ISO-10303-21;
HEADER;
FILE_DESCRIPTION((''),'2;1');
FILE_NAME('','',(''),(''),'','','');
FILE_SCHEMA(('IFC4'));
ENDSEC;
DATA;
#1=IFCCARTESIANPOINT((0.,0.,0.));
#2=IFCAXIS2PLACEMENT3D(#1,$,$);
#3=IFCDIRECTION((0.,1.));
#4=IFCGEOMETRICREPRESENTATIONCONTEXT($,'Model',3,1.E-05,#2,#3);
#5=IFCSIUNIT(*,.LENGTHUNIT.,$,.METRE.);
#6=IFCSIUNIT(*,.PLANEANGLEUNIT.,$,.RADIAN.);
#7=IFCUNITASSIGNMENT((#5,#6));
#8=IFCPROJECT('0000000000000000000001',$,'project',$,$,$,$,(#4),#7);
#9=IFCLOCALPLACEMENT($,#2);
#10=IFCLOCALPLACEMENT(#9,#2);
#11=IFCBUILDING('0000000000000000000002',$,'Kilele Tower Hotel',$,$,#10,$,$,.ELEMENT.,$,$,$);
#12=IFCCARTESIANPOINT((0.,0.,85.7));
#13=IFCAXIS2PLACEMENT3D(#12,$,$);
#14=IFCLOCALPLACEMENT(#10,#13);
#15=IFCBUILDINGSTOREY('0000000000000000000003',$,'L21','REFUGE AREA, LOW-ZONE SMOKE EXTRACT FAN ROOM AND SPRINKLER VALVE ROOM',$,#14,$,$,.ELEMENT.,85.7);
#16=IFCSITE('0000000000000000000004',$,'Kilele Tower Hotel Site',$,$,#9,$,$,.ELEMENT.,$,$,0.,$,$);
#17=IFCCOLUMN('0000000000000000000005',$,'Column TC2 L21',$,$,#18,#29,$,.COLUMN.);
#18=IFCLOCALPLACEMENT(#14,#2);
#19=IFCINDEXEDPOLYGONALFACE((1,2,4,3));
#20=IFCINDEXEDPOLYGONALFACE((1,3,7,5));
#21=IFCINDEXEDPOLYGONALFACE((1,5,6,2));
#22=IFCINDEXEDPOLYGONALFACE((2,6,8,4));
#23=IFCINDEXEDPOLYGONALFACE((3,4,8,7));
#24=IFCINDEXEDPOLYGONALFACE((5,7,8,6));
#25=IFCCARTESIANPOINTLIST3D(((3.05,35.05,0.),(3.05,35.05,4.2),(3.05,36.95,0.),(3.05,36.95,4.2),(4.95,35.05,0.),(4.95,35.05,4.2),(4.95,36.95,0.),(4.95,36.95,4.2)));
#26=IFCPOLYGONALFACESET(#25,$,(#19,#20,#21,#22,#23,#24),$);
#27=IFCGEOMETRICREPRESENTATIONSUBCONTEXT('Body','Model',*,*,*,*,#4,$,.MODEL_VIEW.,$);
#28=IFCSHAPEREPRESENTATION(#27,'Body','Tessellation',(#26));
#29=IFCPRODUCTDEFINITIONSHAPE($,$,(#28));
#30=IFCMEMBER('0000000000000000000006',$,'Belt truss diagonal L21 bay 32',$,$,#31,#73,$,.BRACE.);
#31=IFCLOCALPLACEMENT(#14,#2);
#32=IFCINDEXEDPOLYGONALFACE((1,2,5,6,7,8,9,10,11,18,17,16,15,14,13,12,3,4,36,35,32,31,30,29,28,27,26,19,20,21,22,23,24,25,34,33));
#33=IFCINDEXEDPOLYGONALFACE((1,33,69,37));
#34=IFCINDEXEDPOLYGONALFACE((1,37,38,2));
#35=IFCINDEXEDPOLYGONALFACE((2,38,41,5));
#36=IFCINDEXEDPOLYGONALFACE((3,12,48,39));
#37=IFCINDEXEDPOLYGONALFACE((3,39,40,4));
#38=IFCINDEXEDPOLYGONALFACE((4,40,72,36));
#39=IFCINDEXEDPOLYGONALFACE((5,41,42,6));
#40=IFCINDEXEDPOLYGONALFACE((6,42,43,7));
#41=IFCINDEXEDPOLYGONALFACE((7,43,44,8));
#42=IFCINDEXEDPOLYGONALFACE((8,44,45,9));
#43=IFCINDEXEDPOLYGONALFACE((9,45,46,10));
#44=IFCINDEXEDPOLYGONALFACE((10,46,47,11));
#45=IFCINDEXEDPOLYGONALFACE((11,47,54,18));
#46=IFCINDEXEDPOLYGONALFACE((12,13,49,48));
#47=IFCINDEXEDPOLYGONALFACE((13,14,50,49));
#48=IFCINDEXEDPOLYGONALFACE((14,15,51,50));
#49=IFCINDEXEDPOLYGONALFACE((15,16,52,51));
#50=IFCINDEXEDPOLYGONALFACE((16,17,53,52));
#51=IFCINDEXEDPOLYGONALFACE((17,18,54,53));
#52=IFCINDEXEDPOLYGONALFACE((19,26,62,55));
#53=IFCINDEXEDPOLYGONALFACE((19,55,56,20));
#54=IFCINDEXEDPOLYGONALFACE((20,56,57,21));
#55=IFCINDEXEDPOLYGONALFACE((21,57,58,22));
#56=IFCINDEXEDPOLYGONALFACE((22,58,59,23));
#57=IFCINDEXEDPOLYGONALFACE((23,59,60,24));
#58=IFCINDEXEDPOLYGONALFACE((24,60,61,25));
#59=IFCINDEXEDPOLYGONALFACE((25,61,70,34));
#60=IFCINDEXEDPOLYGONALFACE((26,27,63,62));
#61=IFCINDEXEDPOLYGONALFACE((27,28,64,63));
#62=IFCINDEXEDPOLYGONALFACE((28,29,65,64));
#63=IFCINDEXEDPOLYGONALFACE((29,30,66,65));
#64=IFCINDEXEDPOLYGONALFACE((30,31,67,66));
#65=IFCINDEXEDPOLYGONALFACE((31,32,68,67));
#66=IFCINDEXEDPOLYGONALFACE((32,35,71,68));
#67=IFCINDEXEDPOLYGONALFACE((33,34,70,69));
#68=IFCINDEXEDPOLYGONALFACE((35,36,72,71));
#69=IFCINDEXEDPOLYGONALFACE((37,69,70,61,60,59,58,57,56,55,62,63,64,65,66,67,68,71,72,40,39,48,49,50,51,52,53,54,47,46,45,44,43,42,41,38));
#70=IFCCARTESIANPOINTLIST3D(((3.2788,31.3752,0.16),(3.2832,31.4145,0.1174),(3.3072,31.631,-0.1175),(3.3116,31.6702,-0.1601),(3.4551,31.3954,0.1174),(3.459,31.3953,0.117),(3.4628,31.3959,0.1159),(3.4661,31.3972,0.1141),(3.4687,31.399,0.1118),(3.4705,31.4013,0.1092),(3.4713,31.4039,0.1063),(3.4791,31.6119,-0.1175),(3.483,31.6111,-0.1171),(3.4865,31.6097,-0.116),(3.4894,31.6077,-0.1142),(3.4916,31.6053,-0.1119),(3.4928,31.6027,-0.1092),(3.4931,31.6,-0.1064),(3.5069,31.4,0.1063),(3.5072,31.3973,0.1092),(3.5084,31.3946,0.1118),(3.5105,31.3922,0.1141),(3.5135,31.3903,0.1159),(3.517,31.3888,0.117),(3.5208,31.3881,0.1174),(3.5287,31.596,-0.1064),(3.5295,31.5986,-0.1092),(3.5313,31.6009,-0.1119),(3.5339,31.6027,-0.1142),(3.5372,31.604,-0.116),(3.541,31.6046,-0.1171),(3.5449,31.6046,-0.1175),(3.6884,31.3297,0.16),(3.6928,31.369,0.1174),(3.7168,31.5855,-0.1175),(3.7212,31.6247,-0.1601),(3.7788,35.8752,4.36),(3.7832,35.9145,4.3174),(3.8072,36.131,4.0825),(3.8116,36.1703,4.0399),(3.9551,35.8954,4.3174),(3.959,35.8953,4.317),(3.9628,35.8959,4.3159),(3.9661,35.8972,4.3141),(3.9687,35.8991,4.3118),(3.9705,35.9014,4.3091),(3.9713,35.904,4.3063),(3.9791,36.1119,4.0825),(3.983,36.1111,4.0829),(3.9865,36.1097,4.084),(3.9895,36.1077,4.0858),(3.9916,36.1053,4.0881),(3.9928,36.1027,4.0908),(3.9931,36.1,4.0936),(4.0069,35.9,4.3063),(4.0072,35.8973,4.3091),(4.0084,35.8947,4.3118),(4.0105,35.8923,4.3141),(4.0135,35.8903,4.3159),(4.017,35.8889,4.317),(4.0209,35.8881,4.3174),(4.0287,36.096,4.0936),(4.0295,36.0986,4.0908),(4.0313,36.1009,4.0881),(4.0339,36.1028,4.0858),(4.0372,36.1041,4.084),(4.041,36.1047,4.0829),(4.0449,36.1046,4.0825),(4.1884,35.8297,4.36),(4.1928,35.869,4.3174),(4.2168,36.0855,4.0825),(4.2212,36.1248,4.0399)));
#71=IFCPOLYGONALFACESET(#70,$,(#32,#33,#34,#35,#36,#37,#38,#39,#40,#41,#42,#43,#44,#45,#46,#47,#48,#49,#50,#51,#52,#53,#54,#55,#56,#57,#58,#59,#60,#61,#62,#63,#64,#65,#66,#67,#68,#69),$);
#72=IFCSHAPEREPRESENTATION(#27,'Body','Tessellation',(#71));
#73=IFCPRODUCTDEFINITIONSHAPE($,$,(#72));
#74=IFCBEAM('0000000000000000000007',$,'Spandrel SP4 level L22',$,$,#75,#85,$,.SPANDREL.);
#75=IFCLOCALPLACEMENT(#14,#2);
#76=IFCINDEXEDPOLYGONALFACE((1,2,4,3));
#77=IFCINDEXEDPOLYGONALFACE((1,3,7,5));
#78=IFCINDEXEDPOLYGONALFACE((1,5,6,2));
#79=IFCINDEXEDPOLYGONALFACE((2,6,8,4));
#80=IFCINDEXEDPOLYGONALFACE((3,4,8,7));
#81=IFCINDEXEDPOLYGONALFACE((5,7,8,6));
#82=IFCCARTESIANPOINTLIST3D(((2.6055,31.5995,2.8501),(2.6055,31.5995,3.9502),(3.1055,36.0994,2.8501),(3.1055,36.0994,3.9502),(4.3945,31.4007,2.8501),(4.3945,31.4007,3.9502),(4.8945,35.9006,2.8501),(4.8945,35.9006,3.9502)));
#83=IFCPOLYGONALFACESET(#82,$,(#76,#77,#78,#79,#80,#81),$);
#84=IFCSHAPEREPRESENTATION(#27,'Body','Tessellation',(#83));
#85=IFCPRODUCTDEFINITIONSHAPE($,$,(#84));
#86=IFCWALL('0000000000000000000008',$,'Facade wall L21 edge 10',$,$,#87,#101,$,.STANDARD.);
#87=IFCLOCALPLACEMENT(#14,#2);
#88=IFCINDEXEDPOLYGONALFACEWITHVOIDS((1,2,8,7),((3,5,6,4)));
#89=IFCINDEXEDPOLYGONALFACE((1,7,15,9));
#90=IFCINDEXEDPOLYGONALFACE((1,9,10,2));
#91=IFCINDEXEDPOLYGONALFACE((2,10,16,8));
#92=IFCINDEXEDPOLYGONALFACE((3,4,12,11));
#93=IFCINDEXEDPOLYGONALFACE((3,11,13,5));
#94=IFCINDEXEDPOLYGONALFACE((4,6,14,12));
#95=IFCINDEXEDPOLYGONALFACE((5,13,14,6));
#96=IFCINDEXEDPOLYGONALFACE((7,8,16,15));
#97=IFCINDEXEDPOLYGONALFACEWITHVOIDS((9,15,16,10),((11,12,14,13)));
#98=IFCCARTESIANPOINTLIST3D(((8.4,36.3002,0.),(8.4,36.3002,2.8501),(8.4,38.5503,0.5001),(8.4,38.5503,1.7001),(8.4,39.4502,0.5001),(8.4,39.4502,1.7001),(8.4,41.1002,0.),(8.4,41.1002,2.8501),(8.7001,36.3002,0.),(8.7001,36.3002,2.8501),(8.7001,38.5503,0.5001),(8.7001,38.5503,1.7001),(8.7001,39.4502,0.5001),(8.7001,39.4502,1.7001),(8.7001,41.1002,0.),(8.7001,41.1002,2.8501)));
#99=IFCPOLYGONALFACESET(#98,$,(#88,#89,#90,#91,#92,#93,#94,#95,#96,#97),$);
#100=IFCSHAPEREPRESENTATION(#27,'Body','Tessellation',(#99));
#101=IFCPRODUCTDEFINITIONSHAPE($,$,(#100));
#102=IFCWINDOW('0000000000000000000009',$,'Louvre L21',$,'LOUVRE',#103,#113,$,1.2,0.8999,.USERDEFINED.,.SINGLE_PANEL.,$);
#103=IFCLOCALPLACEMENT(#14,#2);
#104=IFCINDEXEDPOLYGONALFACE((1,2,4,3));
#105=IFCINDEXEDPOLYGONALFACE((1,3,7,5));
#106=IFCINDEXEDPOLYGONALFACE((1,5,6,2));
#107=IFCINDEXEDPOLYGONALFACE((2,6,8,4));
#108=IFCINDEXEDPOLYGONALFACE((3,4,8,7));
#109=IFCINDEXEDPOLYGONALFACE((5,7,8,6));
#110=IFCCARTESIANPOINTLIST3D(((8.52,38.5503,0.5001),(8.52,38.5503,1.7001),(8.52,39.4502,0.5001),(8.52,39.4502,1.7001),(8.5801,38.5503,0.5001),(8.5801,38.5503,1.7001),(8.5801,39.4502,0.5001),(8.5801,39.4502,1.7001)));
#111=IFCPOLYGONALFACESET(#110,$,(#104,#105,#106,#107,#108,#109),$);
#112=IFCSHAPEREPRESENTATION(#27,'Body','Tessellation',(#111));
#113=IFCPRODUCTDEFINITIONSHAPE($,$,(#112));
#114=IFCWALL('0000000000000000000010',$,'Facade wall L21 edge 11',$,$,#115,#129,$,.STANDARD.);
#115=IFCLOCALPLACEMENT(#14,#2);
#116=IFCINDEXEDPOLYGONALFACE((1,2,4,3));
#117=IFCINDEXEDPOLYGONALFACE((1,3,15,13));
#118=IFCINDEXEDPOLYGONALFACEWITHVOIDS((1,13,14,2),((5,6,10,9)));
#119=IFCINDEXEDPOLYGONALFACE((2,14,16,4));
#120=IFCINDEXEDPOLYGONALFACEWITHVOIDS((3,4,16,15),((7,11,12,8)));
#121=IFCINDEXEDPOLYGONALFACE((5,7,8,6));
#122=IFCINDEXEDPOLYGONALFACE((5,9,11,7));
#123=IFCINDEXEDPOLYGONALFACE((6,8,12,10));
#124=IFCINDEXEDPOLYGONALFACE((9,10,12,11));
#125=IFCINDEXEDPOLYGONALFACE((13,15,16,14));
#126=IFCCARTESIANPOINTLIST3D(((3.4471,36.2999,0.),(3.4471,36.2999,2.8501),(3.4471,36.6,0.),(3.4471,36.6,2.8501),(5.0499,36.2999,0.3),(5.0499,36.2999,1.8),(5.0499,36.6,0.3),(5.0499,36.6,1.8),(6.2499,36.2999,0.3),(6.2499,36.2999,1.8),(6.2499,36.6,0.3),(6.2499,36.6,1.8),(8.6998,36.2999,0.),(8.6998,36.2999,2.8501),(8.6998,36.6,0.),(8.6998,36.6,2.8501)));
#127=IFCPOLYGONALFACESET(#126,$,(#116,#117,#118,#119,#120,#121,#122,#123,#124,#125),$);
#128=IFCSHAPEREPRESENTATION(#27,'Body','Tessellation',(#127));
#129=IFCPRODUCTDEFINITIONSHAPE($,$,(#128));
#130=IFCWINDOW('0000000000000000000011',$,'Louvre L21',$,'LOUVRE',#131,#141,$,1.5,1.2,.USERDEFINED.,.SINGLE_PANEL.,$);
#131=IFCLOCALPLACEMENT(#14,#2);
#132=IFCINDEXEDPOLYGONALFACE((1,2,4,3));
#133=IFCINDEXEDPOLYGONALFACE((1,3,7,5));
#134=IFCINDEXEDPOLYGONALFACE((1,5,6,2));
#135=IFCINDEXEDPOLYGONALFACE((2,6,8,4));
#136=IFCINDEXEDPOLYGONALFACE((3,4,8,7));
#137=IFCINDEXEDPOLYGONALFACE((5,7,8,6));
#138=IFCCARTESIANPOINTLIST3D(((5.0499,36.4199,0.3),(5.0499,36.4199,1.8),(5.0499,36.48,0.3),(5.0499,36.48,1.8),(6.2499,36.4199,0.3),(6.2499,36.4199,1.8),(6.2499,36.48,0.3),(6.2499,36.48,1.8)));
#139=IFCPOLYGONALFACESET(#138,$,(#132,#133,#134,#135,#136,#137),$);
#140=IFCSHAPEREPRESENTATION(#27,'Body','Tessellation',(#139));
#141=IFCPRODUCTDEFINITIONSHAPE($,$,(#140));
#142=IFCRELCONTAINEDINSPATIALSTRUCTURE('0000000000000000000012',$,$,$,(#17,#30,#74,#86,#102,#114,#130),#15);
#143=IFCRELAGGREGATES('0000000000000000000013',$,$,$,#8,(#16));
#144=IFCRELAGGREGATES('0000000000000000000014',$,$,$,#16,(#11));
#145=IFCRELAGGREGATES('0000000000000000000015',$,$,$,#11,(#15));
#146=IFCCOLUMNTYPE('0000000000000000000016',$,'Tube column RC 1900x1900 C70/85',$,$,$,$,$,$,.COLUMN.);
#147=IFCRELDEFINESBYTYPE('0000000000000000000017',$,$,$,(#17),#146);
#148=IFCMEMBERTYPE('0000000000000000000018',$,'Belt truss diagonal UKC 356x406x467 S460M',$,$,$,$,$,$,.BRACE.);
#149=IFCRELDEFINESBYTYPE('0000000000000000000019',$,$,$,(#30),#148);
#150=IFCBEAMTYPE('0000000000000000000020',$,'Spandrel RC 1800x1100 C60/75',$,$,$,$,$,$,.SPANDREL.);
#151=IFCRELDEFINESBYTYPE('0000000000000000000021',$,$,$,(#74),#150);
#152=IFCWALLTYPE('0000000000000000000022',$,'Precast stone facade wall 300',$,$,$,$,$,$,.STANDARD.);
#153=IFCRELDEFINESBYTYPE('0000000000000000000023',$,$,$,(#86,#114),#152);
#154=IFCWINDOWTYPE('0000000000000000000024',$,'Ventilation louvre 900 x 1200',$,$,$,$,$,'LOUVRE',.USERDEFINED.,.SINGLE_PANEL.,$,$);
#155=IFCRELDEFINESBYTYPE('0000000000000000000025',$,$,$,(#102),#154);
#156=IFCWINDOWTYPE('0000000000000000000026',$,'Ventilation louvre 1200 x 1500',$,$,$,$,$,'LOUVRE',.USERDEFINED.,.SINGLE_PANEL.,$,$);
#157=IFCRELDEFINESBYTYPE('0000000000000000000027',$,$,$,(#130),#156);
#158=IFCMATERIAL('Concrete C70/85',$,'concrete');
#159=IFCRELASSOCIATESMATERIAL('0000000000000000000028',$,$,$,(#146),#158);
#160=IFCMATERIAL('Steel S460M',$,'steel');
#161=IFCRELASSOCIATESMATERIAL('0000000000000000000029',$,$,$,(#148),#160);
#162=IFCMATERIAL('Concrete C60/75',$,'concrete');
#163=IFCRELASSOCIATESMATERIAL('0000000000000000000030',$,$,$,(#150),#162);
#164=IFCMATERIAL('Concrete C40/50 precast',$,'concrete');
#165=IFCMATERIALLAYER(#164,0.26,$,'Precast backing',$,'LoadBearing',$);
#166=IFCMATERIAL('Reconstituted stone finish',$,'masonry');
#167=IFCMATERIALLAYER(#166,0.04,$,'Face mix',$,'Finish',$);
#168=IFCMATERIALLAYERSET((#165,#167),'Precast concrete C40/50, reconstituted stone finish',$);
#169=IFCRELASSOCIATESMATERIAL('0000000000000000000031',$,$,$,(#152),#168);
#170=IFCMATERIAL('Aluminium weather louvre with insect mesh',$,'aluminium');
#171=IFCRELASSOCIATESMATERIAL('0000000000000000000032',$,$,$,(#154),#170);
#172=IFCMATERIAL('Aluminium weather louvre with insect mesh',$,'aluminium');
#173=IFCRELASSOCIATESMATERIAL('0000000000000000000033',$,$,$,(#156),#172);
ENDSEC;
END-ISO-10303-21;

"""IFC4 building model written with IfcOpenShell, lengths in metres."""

from ifc_helpers import new_model, si_unit, direction, frame, frame_2d, origin, origin_2d, place, context, subcontext, project, spatial, rectangle, i_section, extrude, material, layer, layer_set, material_profile, profile_set, type_object, element, fill, save


model = new_model("IFC4")

# Units and contexts
model_context = context("Model", 3, precision=1e-05, world=origin(), true_north=direction((0.0, 1.0)))
body_context = subcontext(model_context, "Body", "Model", "MODEL_VIEW")
ifc_project = project(units=[si_unit("LENGTHUNIT", "METRE"), si_unit("PLANEANGLEUNIT", "RADIAN")], contexts=[model_context])

# Site, building, storey
site_placement = place(None, origin())
site = spatial("IfcSite", under=ifc_project, at=site_placement, Name="Kilele Tower Hotel Site", CompositionType="ELEMENT", RefElevation=0.0)
building_placement = place(site_placement, origin())
building = spatial("IfcBuilding", under=site, at=building_placement, Name="Kilele Tower Hotel", CompositionType="ELEMENT")
storey_placement = place(building_placement, frame((0.0, 0.0, 85.7)))
storey = spatial("IfcBuildingStorey", under=building, at=storey_placement, Name="L21", Description="REFUGE AREA, LOW-ZONE SMOKE EXTRACT FAN ROOM AND SPRINKLER VALVE ROOM", CompositionType="ELEMENT", Elevation=85.7)

# Column
ifc_material_1 = material(Name="Concrete C70/85", Category="concrete")
ifc_material_profile_1 = material_profile(ifc_material_1, rectangle(XDim=1.8999, YDim=1.8999, at=origin_2d()))
ifc_profile_set_1 = profile_set([ifc_material_profile_1], Name="Concrete C70/85")
column_type = type_object("IfcColumnType", Name="Tube column RC 1900x1900 C70/85", PredefinedType="COLUMN", material=ifc_profile_set_1)
column_placement = place(storey_placement, frame((4.0, 36.0, 0.0), z_axis=(0.0, 0.0, 1.0), x_axis=(1.0, 0.0, 0.0)))
element("IfcColumn", 1, at=column_placement, inside=storey, type_object=column_type, Name="Column TC2 L21", PredefinedType="COLUMN", context=body_context, shape_type="SweptSolid", body=[
    extrude(rectangle(XDim=1.8999, YDim=1.8999, at=origin_2d()), origin(), (0.0, 0.0, 1.0), 4.2),
])

# Member
ifc_material_2 = material(Name="Steel S460M", Category="steel")
ifc_material_profile_2 = material_profile(ifc_material_2, i_section(OverallWidth=0.4121, OverallDepth=0.4365, WebThickness=0.0359, FlangeThickness=0.0581, FilletRadius=0.0151, at=origin_2d()))
ifc_profile_set_2 = profile_set([ifc_material_profile_2], Name="Steel S460M")
member_type = type_object("IfcMemberType", Name="Belt truss diagonal UKC 356x406x467 S460M", PredefinedType="BRACE", material=ifc_profile_set_2)
member_placement = place(storey_placement, frame((4.0, 36.0, 4.2), z_axis=(-0.080962, -0.728659, -0.680074), x_axis=(0.993884, -0.110432, 0.0)))
element("IfcMember", 2, at=member_placement, inside=storey, type_object=member_type, Name="Belt truss diagonal L21 bay 32", PredefinedType="BRACE", context=body_context, shape_type="SweptSolid", body=[
    extrude(i_section(OverallWidth=0.4121, OverallDepth=0.4365, WebThickness=0.0359, FlangeThickness=0.0581, FilletRadius=0.0151, at=origin_2d()), origin(), (0.0, 0.0, 1.0), 6.1758),
])

# Beam
ifc_material_3 = material(Name="Concrete C60/75", Category="concrete")
ifc_material_profile_3 = material_profile(ifc_material_3, rectangle(XDim=1.8, YDim=1.1001, at=origin_2d()))
ifc_profile_set_3 = profile_set([ifc_material_profile_3], Name="Concrete C60/75")
beam_type = type_object("IfcBeamType", Name="Spandrel RC 1800x1100 C60/75", PredefinedType="SPANDREL", material=ifc_profile_set_3)
beam_placement = place(storey_placement, frame((4.0, 36.0, 3.4001), z_axis=(-0.110432, -0.993884, 0.0), x_axis=(0.993884, -0.110432, 0.0)))
element("IfcBeam", 3, at=beam_placement, inside=storey, type_object=beam_type, Name="Spandrel SP4 level L22", PredefinedType="SPANDREL", context=body_context, shape_type="SweptSolid", body=[
    extrude(rectangle(XDim=1.8, YDim=1.1001, at=origin_2d()), origin(), (0.0, 0.0, 1.0), 4.5276),
])

# Walls, openings, windows
ifc_material_4 = material(Name="Concrete C40/50 precast", Category="concrete")
ifc_layer_1 = layer(ifc_material_4, 0.26, Name="Precast backing", Category="LoadBearing")
ifc_material_5 = material(Name="Reconstituted stone finish", Category="masonry")
ifc_layer_2 = layer(ifc_material_5, 0.04, Name="Face mix", Category="Finish")
ifc_layer_set_1 = layer_set([ifc_layer_1, ifc_layer_2], Name="Precast concrete C40/50, reconstituted stone finish")
wall_type = type_object("IfcWallType", Name="Precast stone facade wall 300", PredefinedType="STANDARD", material=ifc_layer_set_1)
wall_1_placement = place(storey_placement, frame((8.55, 41.1001, 0.0), z_axis=(0.0, 0.0, 1.0), x_axis=(0.0, -1.0, 0.0)))
wall_1 = element("IfcWall", 4, at=wall_1_placement, inside=storey, type_object=wall_type, Name="Facade wall L21 edge 10", PredefinedType="STANDARD", context=body_context, shape_type="SweptSolid", body=[
    extrude(rectangle(XDim=4.8, YDim=0.3, at=frame_2d((2.3999, 0.0))), origin(), (0.0, 0.0, 1.0), 2.8501),
])
opening_1_placement = place(wall_1_placement, frame((1.6499, 0.0, 0.5)))
opening_1 = element("IfcOpeningElement", 5, at=opening_1_placement, cuts=wall_1, PredefinedType="OPENING", context=body_context, shape_type="SweptSolid", body=[
    extrude(rectangle(XDim=0.8999, YDim=1.2, at=frame_2d((0.45, 0.6001))), frame((0.0, 0.1599, 0.0), z_axis=(0.0, -1.0, 0.0), x_axis=(1.0, 0.0, 0.0)), (0.0, 0.0, 1.0), 0.3201),
])
ifc_material_6 = material(Name="Aluminium weather louvre with insect mesh", Category="aluminium")
window_type_1 = type_object("IfcWindowType", Name="Ventilation louvre 900 x 1200", ElementType="LOUVRE", PartitioningType="SINGLE_PANEL", PredefinedType="USERDEFINED", material=ifc_material_6)
window_1_placement = place(opening_1_placement, origin())
window_1 = element("IfcWindow", 6, at=window_1_placement, inside=storey, type_object=window_type_1, Name="Louvre L21", ObjectType="LOUVRE", OverallHeight=1.2, OverallWidth=0.8999, PartitioningType="SINGLE_PANEL", PredefinedType="USERDEFINED", context=body_context, shape_type="SweptSolid", body=[
    extrude(rectangle(XDim=0.8999, YDim=1.2, at=frame_2d((0.45, 0.6001))), frame((0.0, 0.03, 0.0), z_axis=(0.0, -1.0, 0.0), x_axis=(1.0, 0.0, 0.0)), (0.0, 0.0, 1.0), 0.0601),
])
fill(opening_1, window_1)
wall_2_placement = place(storey_placement, frame((8.7, 36.45, 0.0), z_axis=(0.0, 0.0, 1.0), x_axis=(-1.0, 0.0, 0.0)))
wall_2 = element("IfcWall", 7, at=wall_2_placement, inside=storey, type_object=wall_type, Name="Facade wall L21 edge 11", PredefinedType="STANDARD", context=body_context, shape_type="SweptSolid", body=[
    extrude(rectangle(XDim=5.2527, YDim=0.3, at=frame_2d((2.6265, 0.0))), origin(), (0.0, 0.0, 1.0), 2.8501),
])
opening_2_placement = place(wall_2_placement, frame((2.45, 0.0, 0.3)))
opening_2 = element("IfcOpeningElement", 8, at=opening_2_placement, cuts=wall_2, PredefinedType="OPENING", context=body_context, shape_type="SweptSolid", body=[
    extrude(rectangle(XDim=1.2, YDim=1.5, at=frame_2d((0.6001, 0.75))), frame((0.0, 0.1599, 0.0), z_axis=(0.0, -1.0, 0.0), x_axis=(1.0, 0.0, 0.0)), (0.0, 0.0, 1.0), 0.3201),
])
ifc_material_7 = material(Name="Aluminium weather louvre with insect mesh", Category="aluminium")
window_type_2 = type_object("IfcWindowType", Name="Ventilation louvre 1200 x 1500", ElementType="LOUVRE", PartitioningType="SINGLE_PANEL", PredefinedType="USERDEFINED", material=ifc_material_7)
window_2_placement = place(opening_2_placement, origin())
window_2 = element("IfcWindow", 9, at=window_2_placement, inside=storey, type_object=window_type_2, Name="Louvre L21", ObjectType="LOUVRE", OverallHeight=1.5, OverallWidth=1.2, PartitioningType="SINGLE_PANEL", PredefinedType="USERDEFINED", context=body_context, shape_type="SweptSolid", body=[
    extrude(rectangle(XDim=1.2, YDim=1.5, at=frame_2d((0.6001, 0.75))), frame((0.0, 0.03, 0.0), z_axis=(0.0, -1.0, 0.0), x_axis=(1.0, 0.0, 0.0)), (0.0, 0.0, 1.0), 0.0601),
])
fill(opening_2, window_2)

save(model, "model.ifc")
